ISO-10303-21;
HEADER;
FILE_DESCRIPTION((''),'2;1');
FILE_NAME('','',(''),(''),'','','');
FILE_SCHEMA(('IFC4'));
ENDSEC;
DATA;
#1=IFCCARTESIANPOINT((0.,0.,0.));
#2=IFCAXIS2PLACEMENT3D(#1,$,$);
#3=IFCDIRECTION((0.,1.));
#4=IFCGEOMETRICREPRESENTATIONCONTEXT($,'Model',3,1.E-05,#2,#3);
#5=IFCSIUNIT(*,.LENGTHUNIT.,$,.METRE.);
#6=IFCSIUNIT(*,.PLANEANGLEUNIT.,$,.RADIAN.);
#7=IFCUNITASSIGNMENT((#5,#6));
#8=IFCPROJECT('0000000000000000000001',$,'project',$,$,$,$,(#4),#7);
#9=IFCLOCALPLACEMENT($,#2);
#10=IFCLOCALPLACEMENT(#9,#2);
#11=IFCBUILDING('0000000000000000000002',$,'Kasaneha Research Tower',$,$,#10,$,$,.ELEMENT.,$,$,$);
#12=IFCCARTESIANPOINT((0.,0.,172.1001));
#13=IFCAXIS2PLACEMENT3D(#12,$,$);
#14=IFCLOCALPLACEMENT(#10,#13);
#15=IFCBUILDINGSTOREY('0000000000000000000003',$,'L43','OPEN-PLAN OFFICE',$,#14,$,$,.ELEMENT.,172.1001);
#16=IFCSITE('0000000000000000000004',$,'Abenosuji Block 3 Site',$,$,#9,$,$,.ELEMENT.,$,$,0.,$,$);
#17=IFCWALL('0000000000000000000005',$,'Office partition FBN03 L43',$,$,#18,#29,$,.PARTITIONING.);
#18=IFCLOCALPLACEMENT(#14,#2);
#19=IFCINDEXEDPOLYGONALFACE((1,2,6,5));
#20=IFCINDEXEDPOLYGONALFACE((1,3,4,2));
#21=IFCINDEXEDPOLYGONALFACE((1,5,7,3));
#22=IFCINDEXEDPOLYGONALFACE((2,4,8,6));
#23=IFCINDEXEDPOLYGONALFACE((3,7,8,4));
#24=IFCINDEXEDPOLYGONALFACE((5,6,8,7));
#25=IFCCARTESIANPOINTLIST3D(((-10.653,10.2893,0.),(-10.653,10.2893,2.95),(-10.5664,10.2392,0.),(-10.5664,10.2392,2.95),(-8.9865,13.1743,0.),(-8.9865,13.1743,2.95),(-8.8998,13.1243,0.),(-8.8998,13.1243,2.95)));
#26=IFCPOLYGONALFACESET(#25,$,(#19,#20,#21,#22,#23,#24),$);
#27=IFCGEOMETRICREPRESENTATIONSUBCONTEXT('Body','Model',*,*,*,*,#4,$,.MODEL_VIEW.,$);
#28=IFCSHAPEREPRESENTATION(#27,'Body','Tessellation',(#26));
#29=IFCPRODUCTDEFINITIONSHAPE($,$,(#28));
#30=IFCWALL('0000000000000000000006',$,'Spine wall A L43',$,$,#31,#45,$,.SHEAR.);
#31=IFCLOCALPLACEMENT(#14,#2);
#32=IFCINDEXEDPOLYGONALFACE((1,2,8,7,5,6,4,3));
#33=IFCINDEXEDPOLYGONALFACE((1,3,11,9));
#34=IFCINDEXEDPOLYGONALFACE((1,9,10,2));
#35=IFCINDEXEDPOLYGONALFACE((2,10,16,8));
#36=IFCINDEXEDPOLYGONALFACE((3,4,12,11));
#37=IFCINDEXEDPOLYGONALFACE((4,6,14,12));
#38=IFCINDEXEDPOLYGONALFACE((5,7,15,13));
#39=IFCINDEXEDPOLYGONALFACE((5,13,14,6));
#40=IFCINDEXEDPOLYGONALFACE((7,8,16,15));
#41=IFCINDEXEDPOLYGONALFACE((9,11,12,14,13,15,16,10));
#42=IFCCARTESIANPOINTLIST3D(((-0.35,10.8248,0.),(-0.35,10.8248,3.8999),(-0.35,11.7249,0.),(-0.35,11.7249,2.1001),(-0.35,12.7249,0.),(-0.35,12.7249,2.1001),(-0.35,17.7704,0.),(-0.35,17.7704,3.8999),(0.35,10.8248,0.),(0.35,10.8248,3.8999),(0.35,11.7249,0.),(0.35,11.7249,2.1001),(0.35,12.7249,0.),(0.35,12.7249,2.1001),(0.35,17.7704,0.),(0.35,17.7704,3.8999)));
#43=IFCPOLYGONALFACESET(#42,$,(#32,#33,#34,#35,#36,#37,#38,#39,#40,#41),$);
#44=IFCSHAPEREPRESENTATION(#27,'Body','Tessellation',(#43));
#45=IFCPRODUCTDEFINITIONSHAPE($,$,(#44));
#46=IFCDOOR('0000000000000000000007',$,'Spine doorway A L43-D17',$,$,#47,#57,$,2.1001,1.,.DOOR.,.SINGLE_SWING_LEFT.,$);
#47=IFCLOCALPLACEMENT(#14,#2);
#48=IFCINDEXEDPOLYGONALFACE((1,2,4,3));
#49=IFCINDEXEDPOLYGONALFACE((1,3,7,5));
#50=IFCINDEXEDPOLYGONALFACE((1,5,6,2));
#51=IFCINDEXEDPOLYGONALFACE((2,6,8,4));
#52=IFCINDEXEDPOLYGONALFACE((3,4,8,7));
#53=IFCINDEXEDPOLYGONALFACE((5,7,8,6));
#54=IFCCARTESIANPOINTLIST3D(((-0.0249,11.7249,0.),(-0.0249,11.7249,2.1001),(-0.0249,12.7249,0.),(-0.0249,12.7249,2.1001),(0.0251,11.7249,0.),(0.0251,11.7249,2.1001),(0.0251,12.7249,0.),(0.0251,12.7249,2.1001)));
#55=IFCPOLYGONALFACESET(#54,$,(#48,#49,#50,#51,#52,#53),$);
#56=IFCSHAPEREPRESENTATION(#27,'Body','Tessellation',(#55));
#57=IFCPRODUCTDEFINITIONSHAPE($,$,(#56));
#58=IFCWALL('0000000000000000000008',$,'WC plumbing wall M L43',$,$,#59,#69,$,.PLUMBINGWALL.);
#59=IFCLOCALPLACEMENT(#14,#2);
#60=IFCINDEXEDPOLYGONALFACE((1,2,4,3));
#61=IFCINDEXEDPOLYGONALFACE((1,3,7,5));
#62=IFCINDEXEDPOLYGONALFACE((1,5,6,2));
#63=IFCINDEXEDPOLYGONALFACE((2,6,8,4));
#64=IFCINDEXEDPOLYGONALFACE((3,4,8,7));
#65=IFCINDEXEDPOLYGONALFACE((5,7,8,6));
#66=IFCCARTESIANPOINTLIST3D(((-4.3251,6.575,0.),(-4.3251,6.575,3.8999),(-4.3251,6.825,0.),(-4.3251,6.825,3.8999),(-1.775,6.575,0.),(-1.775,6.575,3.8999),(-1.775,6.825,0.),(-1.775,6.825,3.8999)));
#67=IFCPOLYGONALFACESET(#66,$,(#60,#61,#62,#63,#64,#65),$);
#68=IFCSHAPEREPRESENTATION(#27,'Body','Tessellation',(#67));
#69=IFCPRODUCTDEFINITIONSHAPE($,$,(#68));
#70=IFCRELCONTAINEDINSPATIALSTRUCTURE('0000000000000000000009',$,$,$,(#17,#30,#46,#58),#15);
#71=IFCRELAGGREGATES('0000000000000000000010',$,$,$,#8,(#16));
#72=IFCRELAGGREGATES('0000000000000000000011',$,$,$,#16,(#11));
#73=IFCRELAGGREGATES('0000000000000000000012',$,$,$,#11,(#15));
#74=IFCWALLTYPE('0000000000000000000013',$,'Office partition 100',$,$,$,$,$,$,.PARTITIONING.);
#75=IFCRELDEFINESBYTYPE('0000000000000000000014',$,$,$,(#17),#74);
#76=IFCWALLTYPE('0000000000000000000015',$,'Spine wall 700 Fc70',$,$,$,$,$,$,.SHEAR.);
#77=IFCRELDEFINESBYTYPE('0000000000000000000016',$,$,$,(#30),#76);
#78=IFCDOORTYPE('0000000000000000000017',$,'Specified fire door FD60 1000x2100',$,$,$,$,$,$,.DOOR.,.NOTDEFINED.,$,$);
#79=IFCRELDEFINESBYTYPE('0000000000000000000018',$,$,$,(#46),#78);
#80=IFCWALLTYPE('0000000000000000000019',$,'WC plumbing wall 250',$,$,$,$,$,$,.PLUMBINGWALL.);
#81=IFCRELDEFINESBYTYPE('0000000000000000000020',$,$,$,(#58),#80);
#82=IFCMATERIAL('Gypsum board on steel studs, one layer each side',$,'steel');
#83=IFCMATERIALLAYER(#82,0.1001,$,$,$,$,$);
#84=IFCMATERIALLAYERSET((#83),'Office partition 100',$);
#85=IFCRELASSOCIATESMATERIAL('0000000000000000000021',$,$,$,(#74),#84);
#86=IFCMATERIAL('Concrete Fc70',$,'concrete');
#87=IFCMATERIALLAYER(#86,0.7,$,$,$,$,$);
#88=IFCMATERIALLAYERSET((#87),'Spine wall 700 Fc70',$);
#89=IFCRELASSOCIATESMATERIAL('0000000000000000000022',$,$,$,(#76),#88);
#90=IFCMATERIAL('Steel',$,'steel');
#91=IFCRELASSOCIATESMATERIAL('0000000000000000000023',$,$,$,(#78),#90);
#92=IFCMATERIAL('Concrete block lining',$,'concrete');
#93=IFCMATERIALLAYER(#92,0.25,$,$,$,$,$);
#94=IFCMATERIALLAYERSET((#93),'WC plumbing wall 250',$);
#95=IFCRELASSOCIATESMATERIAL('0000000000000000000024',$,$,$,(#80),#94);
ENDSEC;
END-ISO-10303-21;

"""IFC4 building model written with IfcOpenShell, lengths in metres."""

from ifc_helpers import new_model, si_unit, direction, frame, frame_2d, origin, place, context, subcontext, project, spatial, rectangle, extrude, material, layer, layer_set, type_object, element, fill, save


model = new_model("IFC4")

# Units and contexts
model_context = context("Model", 3, precision=1e-05, world=origin(), true_north=direction((0.0, 1.0)))
body_context = subcontext(model_context, "Body", "Model", "MODEL_VIEW")
ifc_project = project(units=[si_unit("LENGTHUNIT", "METRE"), si_unit("PLANEANGLEUNIT", "RADIAN")], contexts=[model_context])

# Site, building, storey
site_placement = place(None, origin())
site = spatial("IfcSite", under=ifc_project, at=site_placement, Name="Abenosuji Block 3 Site", CompositionType="ELEMENT", RefElevation=0.0)
building_placement = place(site_placement, origin())
building = spatial("IfcBuilding", under=site, at=building_placement, Name="Kasaneha Research Tower", CompositionType="ELEMENT")
storey_placement = place(building_placement, frame((0.0, 0.0, 172.1001)))
storey = spatial("IfcBuildingStorey", under=building, at=storey_placement, Name="L43", Description="OPEN-PLAN OFFICE", CompositionType="ELEMENT", Elevation=172.1001)

# Shared definitions
ifc_material_1 = material(Name="Gypsum board on steel studs, one layer each side", Category="steel")
ifc_layer_1 = layer(ifc_material_1, 0.1001)
ifc_layer_set_1 = layer_set([ifc_layer_1], Name="Office partition 100")
wall_type_1 = type_object("IfcWallType", Name="Office partition 100", PredefinedType="PARTITIONING", material=ifc_layer_set_1)

# Wall
wall_1_placement = place(storey_placement, frame((-8.9431, 13.1494, 0.0), z_axis=(0.0, 0.0, 1.0), x_axis=(-0.50019, -0.865916, 0.0)))
element("IfcWall", 1, at=wall_1_placement, inside=storey, type_object=wall_type_1, Name="Office partition FBN03 L43", PredefinedType="PARTITIONING", context=body_context, shape_type="SweptSolid", body=[
    extrude(rectangle(XDim=3.3318, YDim=0.1001, at=frame_2d((1.666, 0.0))), origin(), (0.0, 0.0, 1.0), 2.95),
])

# Wall, opening, door
ifc_material_2 = material(Name="Concrete Fc70", Category="concrete")
ifc_layer_2 = layer(ifc_material_2, 0.7)
ifc_layer_set_2 = layer_set([ifc_layer_2], Name="Spine wall 700 Fc70")
wall_type_2 = type_object("IfcWallType", Name="Spine wall 700 Fc70", PredefinedType="SHEAR", material=ifc_layer_set_2)
wall_2_placement = place(storey_placement, frame((0.0, 10.825, 0.0), z_axis=(0.0, 0.0, 1.0), x_axis=(0.0, 1.0, 0.0)))
wall_2 = element("IfcWall", 2, at=wall_2_placement, inside=storey, type_object=wall_type_2, Name="Spine wall A L43", PredefinedType="SHEAR", context=body_context, shape_type="SweptSolid", body=[
    extrude(rectangle(XDim=6.9456, YDim=0.7, at=frame_2d((3.4727, 0.0))), origin(), (0.0, 0.0, 1.0), 3.8999),
])
opening_1_placement = place(wall_2_placement, frame((0.8999, 0.0, 0.0)))
opening_1 = element("IfcOpeningElement", 3, at=opening_1_placement, cuts=wall_2, PredefinedType="OPENING", context=body_context, shape_type="SweptSolid", body=[
    extrude(rectangle(XDim=1.0, YDim=2.1001, at=frame_2d((0.5, 1.05))), frame((0.0, 0.3599, 0.0), z_axis=(0.0, -1.0, 0.0), x_axis=(1.0, 0.0, 0.0)), (0.0, 0.0, 1.0), 0.72),
])
ifc_material_3 = material(Name="Steel", Category="steel")
door_type_1 = type_object("IfcDoorType", Name="Specified fire door FD60 1000x2100", OperationType="NOTDEFINED", PredefinedType="DOOR", material=ifc_material_3)
door_1_placement = place(opening_1_placement, origin())
door_1 = element("IfcDoor", 4, at=door_1_placement, inside=storey, type_object=door_type_1, Name="Spine doorway A L43-D17", OperationType="SINGLE_SWING_LEFT", OverallHeight=2.1001, OverallWidth=1.0, PredefinedType="DOOR", context=body_context, shape_type="SweptSolid", body=[
    extrude(rectangle(XDim=1.0, YDim=2.1001, at=frame_2d((0.5, 1.05))), frame((0.0, 0.0249, 0.0), z_axis=(0.0, -1.0, 0.0), x_axis=(1.0, 0.0, 0.0)), (0.0, 0.0, 1.0), 0.05),
])
fill(opening_1, door_1)

# Wall
ifc_material_4 = material(Name="Concrete block lining", Category="concrete")
ifc_layer_3 = layer(ifc_material_4, 0.25)
ifc_layer_set_3 = layer_set([ifc_layer_3], Name="WC plumbing wall 250")
wall_type_3 = type_object("IfcWallType", Name="WC plumbing wall 250", PredefinedType="PLUMBINGWALL", material=ifc_layer_set_3)
wall_3_placement = place(storey_placement, frame((-4.325, 6.7, 0.0), z_axis=(0.0, 0.0, 1.0), x_axis=(1.0, 0.0, 0.0)))
element("IfcWall", 5, at=wall_3_placement, inside=storey, type_object=wall_type_3, Name="WC plumbing wall M L43", PredefinedType="PLUMBINGWALL", context=body_context, shape_type="SweptSolid", body=[
    extrude(rectangle(XDim=2.55, YDim=0.25, at=frame_2d((1.2749, 0.0))), origin(), (0.0, 0.0, 1.0), 3.8999),
])

save(model, "model.ifc")
